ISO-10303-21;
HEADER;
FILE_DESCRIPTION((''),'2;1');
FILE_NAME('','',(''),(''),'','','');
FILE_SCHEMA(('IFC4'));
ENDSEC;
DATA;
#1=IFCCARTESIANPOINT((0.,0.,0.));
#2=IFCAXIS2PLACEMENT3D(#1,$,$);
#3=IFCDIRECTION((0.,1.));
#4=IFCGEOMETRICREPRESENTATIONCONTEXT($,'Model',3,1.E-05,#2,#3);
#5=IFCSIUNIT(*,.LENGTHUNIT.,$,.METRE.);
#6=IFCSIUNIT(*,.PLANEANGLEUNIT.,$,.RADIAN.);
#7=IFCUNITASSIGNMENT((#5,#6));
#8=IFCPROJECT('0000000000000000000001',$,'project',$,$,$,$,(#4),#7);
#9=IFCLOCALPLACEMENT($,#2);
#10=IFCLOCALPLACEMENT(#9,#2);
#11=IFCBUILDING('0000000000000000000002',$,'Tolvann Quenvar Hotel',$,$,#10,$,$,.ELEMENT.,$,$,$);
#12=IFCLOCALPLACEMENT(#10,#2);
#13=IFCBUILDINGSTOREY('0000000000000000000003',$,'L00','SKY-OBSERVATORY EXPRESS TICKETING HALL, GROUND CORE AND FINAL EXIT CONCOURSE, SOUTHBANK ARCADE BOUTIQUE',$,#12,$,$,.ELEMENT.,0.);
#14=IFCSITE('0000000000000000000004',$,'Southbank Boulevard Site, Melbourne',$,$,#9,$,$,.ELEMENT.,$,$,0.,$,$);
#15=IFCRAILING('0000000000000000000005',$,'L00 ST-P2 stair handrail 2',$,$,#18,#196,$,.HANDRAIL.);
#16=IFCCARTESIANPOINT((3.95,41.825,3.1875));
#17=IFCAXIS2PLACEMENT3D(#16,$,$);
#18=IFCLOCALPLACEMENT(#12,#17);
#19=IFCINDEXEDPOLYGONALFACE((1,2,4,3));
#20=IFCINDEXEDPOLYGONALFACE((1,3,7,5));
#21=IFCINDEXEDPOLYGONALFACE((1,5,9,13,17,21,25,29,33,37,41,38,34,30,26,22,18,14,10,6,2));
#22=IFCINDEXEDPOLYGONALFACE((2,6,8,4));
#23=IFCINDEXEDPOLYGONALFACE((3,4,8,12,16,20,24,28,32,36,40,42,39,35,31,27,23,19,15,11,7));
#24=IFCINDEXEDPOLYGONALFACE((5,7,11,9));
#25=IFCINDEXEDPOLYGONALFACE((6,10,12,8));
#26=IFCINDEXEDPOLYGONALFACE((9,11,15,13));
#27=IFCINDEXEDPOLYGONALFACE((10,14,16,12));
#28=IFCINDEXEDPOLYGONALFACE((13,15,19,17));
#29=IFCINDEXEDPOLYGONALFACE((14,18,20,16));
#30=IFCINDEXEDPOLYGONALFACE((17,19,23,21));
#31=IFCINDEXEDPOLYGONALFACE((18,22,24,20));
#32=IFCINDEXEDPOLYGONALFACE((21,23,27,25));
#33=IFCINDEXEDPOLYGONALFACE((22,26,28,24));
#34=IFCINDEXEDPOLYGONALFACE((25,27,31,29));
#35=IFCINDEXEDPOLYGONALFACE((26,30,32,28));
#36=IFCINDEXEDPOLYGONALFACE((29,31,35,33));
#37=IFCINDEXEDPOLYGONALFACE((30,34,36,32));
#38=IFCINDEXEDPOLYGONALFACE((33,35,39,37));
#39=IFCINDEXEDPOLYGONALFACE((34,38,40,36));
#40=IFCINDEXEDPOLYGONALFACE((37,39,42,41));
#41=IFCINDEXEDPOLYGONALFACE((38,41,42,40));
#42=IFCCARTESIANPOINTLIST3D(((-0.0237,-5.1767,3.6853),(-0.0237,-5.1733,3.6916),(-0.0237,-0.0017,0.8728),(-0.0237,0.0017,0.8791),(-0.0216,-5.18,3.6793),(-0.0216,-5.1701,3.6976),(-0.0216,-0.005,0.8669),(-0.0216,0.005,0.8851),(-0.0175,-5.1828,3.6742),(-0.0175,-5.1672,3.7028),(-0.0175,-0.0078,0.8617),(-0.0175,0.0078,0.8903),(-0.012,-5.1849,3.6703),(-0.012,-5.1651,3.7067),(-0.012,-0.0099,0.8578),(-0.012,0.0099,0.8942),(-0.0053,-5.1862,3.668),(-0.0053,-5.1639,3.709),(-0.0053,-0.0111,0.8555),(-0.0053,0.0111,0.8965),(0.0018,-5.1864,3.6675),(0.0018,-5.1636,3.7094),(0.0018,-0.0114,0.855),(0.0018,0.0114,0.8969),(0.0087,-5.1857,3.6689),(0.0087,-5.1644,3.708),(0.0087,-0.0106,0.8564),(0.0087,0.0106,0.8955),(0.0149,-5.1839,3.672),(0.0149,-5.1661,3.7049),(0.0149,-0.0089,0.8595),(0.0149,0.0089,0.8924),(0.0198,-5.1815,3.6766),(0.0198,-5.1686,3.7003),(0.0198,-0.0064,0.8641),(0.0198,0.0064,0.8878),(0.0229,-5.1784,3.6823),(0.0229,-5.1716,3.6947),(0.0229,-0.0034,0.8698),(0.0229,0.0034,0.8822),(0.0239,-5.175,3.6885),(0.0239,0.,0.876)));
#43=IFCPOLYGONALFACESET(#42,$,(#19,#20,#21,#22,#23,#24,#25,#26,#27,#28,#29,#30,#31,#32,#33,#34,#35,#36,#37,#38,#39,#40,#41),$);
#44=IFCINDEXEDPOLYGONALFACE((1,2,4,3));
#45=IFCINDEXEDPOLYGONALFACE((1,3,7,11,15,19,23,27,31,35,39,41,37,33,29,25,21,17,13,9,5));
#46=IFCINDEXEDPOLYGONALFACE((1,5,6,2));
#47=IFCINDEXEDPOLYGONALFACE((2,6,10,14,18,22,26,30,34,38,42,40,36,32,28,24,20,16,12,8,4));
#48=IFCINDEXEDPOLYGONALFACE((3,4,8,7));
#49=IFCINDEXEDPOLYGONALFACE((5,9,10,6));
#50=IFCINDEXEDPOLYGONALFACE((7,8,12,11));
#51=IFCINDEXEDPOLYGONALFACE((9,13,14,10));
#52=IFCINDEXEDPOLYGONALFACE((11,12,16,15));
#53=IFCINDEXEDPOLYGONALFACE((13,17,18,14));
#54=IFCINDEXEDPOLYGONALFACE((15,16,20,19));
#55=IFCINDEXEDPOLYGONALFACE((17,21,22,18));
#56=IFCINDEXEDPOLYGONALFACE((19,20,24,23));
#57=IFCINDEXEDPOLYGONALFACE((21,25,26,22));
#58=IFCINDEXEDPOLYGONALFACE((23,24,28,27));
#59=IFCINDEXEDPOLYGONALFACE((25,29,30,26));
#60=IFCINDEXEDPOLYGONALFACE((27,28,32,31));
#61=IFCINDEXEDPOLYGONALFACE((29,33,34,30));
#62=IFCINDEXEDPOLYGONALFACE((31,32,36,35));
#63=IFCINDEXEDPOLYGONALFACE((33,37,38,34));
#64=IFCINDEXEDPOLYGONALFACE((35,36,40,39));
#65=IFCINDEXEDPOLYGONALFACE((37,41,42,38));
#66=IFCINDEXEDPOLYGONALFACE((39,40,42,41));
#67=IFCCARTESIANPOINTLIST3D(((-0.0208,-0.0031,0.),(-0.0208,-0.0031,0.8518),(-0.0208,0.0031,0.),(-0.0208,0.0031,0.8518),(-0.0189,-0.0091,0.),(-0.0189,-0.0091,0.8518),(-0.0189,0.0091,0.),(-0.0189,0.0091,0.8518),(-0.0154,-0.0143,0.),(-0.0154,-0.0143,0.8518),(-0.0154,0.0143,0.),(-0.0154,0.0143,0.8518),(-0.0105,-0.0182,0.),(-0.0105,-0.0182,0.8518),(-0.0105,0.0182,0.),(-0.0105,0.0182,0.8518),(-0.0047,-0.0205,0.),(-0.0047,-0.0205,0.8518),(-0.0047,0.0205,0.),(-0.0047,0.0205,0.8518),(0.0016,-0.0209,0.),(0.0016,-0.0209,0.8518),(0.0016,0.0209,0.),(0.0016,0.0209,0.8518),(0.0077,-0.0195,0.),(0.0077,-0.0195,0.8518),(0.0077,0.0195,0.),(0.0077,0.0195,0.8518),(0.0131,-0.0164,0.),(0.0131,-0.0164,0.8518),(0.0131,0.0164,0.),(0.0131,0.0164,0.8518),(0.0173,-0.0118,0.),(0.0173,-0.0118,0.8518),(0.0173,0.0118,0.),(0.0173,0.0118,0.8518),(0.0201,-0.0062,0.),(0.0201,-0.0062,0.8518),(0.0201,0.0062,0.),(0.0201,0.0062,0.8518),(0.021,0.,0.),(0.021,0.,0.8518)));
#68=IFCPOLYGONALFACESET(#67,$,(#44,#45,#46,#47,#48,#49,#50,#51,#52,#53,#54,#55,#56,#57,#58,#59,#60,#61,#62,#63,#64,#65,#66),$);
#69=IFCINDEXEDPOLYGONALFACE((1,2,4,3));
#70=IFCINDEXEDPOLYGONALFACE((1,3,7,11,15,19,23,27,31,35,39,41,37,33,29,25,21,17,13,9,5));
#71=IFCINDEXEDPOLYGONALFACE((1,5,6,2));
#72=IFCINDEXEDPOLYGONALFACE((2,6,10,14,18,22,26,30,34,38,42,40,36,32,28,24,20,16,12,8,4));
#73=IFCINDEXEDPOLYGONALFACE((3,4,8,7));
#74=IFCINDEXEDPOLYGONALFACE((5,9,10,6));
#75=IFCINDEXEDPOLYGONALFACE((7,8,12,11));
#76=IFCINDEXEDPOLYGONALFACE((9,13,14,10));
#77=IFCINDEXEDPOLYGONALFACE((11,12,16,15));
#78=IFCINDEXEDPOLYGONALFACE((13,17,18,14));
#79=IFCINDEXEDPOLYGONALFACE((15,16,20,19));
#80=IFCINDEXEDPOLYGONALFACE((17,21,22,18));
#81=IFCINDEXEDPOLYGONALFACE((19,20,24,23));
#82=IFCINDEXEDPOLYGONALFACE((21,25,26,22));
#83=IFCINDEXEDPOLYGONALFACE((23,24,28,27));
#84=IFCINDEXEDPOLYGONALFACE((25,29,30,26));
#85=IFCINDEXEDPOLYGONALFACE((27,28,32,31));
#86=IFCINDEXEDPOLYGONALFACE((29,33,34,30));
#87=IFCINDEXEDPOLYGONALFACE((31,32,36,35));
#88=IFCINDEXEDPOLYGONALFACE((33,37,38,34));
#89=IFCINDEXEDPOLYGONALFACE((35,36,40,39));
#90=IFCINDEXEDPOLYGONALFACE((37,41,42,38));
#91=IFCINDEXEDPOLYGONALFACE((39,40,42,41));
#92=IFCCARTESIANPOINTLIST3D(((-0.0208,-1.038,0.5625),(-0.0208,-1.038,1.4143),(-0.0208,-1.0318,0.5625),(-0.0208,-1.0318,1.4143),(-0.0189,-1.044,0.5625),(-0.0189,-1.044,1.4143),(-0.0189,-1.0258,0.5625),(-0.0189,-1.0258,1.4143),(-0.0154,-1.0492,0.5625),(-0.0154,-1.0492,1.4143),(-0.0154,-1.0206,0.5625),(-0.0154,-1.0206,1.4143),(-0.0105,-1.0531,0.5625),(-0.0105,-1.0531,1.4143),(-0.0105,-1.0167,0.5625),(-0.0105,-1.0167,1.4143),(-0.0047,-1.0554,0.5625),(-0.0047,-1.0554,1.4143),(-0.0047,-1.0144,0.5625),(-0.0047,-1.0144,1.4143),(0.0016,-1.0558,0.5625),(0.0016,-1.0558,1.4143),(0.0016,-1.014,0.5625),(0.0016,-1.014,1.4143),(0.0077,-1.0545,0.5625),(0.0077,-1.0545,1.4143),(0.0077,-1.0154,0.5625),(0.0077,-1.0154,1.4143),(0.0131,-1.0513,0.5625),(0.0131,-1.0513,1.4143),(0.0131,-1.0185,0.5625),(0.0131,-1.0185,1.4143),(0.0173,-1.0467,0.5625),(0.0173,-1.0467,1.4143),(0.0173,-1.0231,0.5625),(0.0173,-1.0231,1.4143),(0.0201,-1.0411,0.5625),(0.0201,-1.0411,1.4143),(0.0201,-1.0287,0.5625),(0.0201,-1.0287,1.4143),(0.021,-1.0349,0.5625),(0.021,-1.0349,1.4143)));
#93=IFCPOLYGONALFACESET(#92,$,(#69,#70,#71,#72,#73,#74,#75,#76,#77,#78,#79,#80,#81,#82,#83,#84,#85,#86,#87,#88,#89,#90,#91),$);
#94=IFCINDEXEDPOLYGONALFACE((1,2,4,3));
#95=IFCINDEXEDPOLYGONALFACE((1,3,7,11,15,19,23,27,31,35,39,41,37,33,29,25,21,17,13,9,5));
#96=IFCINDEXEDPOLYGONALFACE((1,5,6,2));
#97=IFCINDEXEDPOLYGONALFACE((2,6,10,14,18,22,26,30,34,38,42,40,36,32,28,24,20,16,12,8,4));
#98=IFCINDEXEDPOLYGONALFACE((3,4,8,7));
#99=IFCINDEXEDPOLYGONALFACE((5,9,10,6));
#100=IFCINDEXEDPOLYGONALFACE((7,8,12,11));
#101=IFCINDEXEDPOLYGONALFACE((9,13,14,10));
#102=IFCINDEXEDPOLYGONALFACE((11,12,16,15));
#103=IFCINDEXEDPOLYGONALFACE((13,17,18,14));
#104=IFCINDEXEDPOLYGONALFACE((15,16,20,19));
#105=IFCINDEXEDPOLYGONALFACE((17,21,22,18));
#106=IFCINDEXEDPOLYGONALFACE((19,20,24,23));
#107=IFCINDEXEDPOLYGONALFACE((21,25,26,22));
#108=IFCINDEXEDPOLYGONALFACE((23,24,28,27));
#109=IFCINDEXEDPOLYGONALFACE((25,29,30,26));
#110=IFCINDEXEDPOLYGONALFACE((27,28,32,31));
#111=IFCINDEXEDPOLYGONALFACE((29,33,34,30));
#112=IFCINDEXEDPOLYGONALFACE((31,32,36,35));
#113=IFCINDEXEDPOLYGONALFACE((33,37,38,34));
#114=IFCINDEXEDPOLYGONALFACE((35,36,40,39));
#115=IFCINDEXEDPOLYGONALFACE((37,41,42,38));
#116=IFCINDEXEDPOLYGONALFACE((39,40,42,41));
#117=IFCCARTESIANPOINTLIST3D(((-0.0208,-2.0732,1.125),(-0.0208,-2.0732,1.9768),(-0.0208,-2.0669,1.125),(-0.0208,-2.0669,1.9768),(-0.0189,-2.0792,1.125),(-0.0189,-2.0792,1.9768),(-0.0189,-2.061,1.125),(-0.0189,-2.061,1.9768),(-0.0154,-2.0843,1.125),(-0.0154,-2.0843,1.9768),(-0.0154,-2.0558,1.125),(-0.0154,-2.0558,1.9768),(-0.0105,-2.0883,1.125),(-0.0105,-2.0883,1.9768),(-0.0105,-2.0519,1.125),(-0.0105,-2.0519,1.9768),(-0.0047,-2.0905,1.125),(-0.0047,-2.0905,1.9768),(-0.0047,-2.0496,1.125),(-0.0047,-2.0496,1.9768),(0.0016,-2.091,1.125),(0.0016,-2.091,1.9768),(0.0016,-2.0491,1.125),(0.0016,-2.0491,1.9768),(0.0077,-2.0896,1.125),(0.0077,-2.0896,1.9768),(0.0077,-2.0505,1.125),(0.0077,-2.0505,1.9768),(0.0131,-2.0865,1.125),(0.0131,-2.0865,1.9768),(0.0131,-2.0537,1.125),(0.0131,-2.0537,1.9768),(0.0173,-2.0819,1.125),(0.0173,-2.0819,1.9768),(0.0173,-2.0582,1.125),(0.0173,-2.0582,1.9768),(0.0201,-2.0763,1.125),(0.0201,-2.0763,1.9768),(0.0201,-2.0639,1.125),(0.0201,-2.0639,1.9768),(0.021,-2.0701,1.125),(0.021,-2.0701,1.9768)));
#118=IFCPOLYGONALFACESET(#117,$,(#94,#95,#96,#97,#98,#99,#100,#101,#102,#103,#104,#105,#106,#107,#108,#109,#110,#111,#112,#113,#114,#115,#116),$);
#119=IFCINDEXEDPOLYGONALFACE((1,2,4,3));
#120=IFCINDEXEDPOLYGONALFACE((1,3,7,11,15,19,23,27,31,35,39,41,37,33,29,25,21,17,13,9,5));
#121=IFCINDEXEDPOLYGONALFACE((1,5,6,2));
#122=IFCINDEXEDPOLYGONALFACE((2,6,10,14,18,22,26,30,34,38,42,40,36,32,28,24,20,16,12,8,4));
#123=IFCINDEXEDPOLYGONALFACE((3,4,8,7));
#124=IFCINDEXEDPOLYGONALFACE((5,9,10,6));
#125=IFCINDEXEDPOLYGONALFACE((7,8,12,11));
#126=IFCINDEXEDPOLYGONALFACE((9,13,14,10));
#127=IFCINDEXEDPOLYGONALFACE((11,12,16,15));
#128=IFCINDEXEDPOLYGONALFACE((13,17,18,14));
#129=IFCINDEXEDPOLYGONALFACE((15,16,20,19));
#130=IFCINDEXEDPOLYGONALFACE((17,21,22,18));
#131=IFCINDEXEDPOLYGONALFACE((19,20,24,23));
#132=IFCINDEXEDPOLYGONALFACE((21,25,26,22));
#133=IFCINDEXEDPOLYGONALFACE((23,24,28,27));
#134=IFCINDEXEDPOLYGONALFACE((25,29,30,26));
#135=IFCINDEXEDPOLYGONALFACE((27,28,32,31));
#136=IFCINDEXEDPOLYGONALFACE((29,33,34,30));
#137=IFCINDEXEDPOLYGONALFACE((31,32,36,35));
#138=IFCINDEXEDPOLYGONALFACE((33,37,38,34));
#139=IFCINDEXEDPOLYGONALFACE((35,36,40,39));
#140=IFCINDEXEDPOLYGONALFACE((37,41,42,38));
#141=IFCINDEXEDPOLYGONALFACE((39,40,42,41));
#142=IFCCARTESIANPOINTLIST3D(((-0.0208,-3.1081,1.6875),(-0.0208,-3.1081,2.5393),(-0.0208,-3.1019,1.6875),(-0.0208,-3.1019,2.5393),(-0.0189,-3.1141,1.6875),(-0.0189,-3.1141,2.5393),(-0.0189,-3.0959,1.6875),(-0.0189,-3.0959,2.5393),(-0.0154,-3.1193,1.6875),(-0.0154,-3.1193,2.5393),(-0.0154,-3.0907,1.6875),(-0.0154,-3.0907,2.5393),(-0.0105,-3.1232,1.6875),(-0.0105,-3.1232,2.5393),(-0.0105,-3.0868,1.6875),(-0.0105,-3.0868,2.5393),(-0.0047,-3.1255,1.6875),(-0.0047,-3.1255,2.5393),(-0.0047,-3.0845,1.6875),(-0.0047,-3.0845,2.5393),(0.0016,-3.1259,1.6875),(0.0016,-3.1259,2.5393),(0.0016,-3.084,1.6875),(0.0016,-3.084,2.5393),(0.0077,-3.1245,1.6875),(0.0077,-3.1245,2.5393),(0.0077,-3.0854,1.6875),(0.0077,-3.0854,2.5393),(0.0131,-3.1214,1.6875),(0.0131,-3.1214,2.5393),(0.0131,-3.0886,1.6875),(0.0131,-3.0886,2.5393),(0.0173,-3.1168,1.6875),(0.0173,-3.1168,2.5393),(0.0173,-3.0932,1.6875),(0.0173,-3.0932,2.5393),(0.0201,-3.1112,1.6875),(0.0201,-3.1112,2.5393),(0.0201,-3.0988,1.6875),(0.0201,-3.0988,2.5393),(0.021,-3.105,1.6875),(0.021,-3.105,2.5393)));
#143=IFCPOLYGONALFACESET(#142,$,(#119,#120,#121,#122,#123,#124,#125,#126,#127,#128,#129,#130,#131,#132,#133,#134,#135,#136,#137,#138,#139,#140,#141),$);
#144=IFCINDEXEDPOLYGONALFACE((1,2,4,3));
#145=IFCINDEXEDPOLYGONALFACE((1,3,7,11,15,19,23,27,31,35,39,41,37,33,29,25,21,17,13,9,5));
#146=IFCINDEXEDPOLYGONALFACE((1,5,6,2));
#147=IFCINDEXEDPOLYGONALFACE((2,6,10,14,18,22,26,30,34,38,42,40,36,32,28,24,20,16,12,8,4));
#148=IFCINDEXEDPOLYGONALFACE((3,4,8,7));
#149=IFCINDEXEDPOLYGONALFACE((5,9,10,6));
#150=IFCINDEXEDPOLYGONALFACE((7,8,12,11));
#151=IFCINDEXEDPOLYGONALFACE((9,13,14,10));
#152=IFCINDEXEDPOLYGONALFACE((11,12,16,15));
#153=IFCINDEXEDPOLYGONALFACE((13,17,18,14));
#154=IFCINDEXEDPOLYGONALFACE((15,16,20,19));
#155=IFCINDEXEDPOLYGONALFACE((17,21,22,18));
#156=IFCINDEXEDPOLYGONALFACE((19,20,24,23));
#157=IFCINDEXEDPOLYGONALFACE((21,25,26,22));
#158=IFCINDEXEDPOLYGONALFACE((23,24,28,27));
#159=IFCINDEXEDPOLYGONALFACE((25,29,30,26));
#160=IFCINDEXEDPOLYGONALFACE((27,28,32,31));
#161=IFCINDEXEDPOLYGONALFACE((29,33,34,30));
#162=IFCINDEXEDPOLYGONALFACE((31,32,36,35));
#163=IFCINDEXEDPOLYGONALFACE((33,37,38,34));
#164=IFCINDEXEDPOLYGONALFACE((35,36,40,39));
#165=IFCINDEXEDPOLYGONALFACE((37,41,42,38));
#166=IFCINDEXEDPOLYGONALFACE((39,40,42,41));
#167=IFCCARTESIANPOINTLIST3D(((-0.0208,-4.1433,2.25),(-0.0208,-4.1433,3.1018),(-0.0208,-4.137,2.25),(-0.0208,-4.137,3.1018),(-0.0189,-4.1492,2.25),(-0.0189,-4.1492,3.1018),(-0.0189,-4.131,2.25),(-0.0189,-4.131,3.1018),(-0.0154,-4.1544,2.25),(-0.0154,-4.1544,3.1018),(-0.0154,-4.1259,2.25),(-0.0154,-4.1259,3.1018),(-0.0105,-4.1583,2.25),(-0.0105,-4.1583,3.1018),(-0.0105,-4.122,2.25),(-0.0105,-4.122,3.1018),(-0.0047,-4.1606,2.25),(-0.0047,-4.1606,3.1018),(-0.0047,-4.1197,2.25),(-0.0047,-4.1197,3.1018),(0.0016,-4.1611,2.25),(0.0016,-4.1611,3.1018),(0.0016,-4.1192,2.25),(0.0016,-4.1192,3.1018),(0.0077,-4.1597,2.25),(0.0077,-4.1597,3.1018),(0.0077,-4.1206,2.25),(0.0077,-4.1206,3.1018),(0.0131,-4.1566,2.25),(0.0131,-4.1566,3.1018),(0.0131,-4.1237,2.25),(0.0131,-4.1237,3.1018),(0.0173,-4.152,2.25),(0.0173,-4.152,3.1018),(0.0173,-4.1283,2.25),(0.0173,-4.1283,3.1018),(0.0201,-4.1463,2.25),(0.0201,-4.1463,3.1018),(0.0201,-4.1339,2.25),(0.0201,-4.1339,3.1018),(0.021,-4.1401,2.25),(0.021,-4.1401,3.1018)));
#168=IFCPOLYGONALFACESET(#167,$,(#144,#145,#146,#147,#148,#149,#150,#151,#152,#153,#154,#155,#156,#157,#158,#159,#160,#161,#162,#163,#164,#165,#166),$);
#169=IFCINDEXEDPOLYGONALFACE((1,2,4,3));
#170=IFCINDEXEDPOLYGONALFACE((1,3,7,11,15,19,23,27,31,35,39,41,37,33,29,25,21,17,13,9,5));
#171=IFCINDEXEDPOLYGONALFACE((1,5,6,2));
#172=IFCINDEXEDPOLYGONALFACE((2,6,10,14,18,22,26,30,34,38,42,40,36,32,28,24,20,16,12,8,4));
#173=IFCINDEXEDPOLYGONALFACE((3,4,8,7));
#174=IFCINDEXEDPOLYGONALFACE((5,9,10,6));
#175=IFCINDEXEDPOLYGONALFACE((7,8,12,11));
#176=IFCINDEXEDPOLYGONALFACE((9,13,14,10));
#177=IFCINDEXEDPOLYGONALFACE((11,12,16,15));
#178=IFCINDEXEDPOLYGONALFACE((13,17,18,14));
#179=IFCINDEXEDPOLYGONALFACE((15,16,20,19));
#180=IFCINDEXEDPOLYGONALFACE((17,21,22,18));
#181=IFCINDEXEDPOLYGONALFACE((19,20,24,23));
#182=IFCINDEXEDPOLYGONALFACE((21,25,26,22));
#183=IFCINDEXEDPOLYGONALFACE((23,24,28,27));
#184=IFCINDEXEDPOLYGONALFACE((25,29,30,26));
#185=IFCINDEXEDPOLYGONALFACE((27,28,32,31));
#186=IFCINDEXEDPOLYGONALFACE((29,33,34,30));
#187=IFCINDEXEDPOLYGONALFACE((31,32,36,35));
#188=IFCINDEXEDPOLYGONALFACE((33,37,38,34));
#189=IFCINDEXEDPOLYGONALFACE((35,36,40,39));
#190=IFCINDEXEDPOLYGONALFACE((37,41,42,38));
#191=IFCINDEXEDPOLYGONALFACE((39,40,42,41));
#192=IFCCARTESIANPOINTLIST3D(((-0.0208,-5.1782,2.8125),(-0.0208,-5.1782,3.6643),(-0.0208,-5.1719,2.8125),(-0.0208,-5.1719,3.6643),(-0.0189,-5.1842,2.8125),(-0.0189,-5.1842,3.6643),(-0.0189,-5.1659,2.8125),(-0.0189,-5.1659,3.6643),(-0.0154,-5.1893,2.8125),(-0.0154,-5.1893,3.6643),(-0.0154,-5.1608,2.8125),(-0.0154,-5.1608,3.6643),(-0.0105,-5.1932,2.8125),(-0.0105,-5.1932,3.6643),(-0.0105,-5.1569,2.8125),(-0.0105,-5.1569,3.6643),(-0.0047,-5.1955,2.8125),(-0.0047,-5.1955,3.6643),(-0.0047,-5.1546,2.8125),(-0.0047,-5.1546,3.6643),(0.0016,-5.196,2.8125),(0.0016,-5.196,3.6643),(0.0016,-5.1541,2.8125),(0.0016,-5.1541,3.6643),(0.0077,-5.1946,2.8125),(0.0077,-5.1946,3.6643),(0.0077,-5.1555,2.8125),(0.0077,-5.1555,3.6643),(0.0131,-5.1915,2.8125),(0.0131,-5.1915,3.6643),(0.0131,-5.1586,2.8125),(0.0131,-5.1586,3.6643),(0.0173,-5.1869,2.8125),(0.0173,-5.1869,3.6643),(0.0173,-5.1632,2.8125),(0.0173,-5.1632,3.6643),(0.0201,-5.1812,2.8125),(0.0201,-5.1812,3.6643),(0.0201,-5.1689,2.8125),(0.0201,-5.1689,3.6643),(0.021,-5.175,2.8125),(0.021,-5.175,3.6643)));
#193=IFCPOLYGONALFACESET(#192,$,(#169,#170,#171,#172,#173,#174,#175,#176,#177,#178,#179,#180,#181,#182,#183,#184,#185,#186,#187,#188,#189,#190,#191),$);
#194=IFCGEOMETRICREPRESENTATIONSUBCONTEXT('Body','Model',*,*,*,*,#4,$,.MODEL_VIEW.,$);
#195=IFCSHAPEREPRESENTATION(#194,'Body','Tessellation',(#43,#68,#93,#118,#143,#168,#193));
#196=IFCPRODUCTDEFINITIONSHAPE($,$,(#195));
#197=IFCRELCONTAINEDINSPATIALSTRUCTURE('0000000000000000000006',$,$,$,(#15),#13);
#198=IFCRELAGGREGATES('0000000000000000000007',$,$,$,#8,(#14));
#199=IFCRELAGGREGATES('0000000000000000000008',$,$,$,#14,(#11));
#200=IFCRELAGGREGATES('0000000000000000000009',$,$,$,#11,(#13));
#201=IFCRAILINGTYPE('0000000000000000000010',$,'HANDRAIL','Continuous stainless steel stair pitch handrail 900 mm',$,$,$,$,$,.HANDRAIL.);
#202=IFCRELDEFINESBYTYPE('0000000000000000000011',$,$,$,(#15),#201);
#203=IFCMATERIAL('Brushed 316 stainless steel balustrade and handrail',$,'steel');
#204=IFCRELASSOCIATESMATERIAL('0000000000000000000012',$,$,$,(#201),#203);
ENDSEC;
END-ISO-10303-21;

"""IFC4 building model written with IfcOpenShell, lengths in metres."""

from ifc_helpers import new_model, si_unit, direction, frame, origin, origin_2d, place, context, subcontext, project, spatial, circle, extrude, material, type_object, element, save


model = new_model("IFC4")

# Units and contexts
model_context = context("Model", 3, precision=1e-05, world=origin(), true_north=direction((0.0, 1.0)))
body_context = subcontext(model_context, "Body", "Model", "MODEL_VIEW")
ifc_project = project(units=[si_unit("LENGTHUNIT", "METRE"), si_unit("PLANEANGLEUNIT", "RADIAN")], contexts=[model_context])

# Site, building, storey
site_placement = place(None, origin())
site = spatial("IfcSite", under=ifc_project, at=site_placement, Name="Southbank Boulevard Site, Melbourne", CompositionType="ELEMENT", RefElevation=0.0)
building_placement = place(site_placement, origin())
building = spatial("IfcBuilding", under=site, at=building_placement, Name="Tolvann Quenvar Hotel", CompositionType="ELEMENT")
storey_placement = place(building_placement, origin())
storey = spatial("IfcBuildingStorey", under=building, at=storey_placement, Name="L00", Description="SKY-OBSERVATORY EXPRESS TICKETING HALL, GROUND CORE AND FINAL EXIT CONCOURSE, SOUTHBANK ARCADE BOUTIQUE", CompositionType="ELEMENT", Elevation=0.0)

# Railing
ifc_material_1 = material(Name="Brushed 316 stainless steel balustrade and handrail", Category="steel")
railing_type_1 = type_object("IfcRailingType", Name="HANDRAIL", Description="Continuous stainless steel stair pitch handrail 900 mm", PredefinedType="HANDRAIL", material=ifc_material_1)
railing_1_placement = place(storey_placement, frame((3.95, 41.825, 3.1875)))
element("IfcRailing", 1, at=railing_1_placement, inside=storey, type_object=railing_type_1, Name="L00 ST-P2 stair handrail 2", PredefinedType="HANDRAIL", context=body_context, shape_type="SweptSolid", body=[
    extrude(circle(Radius=0.0239, at=origin_2d()), frame((0.0, 0.0, 0.876), z_axis=(0.0, -0.878626, 0.47751), x_axis=(1.0, 0.0, 0.0)), (0.0, 0.0, 1.0), 5.8899),
    extrude(circle(Radius=0.021, at=origin_2d()), origin(), (0.0, 0.0, 1.0), 0.8518),
    extrude(circle(Radius=0.021, at=origin_2d()), frame((0.0, -1.0349, 0.5625)), (0.0, 0.0, 1.0), 0.8518),
    extrude(circle(Radius=0.021, at=origin_2d()), frame((0.0, -2.0701, 1.125)), (0.0, 0.0, 1.0), 0.8518),
    extrude(circle(Radius=0.021, at=origin_2d()), frame((0.0, -3.105, 1.6875)), (0.0, 0.0, 1.0), 0.8518),
    extrude(circle(Radius=0.021, at=origin_2d()), frame((0.0, -4.1401, 2.25)), (0.0, 0.0, 1.0), 0.8518),
    extrude(circle(Radius=0.021, at=origin_2d()), frame((0.0, -5.175, 2.8125)), (0.0, 0.0, 1.0), 0.8518),
])

save(model, "model.ifc")
